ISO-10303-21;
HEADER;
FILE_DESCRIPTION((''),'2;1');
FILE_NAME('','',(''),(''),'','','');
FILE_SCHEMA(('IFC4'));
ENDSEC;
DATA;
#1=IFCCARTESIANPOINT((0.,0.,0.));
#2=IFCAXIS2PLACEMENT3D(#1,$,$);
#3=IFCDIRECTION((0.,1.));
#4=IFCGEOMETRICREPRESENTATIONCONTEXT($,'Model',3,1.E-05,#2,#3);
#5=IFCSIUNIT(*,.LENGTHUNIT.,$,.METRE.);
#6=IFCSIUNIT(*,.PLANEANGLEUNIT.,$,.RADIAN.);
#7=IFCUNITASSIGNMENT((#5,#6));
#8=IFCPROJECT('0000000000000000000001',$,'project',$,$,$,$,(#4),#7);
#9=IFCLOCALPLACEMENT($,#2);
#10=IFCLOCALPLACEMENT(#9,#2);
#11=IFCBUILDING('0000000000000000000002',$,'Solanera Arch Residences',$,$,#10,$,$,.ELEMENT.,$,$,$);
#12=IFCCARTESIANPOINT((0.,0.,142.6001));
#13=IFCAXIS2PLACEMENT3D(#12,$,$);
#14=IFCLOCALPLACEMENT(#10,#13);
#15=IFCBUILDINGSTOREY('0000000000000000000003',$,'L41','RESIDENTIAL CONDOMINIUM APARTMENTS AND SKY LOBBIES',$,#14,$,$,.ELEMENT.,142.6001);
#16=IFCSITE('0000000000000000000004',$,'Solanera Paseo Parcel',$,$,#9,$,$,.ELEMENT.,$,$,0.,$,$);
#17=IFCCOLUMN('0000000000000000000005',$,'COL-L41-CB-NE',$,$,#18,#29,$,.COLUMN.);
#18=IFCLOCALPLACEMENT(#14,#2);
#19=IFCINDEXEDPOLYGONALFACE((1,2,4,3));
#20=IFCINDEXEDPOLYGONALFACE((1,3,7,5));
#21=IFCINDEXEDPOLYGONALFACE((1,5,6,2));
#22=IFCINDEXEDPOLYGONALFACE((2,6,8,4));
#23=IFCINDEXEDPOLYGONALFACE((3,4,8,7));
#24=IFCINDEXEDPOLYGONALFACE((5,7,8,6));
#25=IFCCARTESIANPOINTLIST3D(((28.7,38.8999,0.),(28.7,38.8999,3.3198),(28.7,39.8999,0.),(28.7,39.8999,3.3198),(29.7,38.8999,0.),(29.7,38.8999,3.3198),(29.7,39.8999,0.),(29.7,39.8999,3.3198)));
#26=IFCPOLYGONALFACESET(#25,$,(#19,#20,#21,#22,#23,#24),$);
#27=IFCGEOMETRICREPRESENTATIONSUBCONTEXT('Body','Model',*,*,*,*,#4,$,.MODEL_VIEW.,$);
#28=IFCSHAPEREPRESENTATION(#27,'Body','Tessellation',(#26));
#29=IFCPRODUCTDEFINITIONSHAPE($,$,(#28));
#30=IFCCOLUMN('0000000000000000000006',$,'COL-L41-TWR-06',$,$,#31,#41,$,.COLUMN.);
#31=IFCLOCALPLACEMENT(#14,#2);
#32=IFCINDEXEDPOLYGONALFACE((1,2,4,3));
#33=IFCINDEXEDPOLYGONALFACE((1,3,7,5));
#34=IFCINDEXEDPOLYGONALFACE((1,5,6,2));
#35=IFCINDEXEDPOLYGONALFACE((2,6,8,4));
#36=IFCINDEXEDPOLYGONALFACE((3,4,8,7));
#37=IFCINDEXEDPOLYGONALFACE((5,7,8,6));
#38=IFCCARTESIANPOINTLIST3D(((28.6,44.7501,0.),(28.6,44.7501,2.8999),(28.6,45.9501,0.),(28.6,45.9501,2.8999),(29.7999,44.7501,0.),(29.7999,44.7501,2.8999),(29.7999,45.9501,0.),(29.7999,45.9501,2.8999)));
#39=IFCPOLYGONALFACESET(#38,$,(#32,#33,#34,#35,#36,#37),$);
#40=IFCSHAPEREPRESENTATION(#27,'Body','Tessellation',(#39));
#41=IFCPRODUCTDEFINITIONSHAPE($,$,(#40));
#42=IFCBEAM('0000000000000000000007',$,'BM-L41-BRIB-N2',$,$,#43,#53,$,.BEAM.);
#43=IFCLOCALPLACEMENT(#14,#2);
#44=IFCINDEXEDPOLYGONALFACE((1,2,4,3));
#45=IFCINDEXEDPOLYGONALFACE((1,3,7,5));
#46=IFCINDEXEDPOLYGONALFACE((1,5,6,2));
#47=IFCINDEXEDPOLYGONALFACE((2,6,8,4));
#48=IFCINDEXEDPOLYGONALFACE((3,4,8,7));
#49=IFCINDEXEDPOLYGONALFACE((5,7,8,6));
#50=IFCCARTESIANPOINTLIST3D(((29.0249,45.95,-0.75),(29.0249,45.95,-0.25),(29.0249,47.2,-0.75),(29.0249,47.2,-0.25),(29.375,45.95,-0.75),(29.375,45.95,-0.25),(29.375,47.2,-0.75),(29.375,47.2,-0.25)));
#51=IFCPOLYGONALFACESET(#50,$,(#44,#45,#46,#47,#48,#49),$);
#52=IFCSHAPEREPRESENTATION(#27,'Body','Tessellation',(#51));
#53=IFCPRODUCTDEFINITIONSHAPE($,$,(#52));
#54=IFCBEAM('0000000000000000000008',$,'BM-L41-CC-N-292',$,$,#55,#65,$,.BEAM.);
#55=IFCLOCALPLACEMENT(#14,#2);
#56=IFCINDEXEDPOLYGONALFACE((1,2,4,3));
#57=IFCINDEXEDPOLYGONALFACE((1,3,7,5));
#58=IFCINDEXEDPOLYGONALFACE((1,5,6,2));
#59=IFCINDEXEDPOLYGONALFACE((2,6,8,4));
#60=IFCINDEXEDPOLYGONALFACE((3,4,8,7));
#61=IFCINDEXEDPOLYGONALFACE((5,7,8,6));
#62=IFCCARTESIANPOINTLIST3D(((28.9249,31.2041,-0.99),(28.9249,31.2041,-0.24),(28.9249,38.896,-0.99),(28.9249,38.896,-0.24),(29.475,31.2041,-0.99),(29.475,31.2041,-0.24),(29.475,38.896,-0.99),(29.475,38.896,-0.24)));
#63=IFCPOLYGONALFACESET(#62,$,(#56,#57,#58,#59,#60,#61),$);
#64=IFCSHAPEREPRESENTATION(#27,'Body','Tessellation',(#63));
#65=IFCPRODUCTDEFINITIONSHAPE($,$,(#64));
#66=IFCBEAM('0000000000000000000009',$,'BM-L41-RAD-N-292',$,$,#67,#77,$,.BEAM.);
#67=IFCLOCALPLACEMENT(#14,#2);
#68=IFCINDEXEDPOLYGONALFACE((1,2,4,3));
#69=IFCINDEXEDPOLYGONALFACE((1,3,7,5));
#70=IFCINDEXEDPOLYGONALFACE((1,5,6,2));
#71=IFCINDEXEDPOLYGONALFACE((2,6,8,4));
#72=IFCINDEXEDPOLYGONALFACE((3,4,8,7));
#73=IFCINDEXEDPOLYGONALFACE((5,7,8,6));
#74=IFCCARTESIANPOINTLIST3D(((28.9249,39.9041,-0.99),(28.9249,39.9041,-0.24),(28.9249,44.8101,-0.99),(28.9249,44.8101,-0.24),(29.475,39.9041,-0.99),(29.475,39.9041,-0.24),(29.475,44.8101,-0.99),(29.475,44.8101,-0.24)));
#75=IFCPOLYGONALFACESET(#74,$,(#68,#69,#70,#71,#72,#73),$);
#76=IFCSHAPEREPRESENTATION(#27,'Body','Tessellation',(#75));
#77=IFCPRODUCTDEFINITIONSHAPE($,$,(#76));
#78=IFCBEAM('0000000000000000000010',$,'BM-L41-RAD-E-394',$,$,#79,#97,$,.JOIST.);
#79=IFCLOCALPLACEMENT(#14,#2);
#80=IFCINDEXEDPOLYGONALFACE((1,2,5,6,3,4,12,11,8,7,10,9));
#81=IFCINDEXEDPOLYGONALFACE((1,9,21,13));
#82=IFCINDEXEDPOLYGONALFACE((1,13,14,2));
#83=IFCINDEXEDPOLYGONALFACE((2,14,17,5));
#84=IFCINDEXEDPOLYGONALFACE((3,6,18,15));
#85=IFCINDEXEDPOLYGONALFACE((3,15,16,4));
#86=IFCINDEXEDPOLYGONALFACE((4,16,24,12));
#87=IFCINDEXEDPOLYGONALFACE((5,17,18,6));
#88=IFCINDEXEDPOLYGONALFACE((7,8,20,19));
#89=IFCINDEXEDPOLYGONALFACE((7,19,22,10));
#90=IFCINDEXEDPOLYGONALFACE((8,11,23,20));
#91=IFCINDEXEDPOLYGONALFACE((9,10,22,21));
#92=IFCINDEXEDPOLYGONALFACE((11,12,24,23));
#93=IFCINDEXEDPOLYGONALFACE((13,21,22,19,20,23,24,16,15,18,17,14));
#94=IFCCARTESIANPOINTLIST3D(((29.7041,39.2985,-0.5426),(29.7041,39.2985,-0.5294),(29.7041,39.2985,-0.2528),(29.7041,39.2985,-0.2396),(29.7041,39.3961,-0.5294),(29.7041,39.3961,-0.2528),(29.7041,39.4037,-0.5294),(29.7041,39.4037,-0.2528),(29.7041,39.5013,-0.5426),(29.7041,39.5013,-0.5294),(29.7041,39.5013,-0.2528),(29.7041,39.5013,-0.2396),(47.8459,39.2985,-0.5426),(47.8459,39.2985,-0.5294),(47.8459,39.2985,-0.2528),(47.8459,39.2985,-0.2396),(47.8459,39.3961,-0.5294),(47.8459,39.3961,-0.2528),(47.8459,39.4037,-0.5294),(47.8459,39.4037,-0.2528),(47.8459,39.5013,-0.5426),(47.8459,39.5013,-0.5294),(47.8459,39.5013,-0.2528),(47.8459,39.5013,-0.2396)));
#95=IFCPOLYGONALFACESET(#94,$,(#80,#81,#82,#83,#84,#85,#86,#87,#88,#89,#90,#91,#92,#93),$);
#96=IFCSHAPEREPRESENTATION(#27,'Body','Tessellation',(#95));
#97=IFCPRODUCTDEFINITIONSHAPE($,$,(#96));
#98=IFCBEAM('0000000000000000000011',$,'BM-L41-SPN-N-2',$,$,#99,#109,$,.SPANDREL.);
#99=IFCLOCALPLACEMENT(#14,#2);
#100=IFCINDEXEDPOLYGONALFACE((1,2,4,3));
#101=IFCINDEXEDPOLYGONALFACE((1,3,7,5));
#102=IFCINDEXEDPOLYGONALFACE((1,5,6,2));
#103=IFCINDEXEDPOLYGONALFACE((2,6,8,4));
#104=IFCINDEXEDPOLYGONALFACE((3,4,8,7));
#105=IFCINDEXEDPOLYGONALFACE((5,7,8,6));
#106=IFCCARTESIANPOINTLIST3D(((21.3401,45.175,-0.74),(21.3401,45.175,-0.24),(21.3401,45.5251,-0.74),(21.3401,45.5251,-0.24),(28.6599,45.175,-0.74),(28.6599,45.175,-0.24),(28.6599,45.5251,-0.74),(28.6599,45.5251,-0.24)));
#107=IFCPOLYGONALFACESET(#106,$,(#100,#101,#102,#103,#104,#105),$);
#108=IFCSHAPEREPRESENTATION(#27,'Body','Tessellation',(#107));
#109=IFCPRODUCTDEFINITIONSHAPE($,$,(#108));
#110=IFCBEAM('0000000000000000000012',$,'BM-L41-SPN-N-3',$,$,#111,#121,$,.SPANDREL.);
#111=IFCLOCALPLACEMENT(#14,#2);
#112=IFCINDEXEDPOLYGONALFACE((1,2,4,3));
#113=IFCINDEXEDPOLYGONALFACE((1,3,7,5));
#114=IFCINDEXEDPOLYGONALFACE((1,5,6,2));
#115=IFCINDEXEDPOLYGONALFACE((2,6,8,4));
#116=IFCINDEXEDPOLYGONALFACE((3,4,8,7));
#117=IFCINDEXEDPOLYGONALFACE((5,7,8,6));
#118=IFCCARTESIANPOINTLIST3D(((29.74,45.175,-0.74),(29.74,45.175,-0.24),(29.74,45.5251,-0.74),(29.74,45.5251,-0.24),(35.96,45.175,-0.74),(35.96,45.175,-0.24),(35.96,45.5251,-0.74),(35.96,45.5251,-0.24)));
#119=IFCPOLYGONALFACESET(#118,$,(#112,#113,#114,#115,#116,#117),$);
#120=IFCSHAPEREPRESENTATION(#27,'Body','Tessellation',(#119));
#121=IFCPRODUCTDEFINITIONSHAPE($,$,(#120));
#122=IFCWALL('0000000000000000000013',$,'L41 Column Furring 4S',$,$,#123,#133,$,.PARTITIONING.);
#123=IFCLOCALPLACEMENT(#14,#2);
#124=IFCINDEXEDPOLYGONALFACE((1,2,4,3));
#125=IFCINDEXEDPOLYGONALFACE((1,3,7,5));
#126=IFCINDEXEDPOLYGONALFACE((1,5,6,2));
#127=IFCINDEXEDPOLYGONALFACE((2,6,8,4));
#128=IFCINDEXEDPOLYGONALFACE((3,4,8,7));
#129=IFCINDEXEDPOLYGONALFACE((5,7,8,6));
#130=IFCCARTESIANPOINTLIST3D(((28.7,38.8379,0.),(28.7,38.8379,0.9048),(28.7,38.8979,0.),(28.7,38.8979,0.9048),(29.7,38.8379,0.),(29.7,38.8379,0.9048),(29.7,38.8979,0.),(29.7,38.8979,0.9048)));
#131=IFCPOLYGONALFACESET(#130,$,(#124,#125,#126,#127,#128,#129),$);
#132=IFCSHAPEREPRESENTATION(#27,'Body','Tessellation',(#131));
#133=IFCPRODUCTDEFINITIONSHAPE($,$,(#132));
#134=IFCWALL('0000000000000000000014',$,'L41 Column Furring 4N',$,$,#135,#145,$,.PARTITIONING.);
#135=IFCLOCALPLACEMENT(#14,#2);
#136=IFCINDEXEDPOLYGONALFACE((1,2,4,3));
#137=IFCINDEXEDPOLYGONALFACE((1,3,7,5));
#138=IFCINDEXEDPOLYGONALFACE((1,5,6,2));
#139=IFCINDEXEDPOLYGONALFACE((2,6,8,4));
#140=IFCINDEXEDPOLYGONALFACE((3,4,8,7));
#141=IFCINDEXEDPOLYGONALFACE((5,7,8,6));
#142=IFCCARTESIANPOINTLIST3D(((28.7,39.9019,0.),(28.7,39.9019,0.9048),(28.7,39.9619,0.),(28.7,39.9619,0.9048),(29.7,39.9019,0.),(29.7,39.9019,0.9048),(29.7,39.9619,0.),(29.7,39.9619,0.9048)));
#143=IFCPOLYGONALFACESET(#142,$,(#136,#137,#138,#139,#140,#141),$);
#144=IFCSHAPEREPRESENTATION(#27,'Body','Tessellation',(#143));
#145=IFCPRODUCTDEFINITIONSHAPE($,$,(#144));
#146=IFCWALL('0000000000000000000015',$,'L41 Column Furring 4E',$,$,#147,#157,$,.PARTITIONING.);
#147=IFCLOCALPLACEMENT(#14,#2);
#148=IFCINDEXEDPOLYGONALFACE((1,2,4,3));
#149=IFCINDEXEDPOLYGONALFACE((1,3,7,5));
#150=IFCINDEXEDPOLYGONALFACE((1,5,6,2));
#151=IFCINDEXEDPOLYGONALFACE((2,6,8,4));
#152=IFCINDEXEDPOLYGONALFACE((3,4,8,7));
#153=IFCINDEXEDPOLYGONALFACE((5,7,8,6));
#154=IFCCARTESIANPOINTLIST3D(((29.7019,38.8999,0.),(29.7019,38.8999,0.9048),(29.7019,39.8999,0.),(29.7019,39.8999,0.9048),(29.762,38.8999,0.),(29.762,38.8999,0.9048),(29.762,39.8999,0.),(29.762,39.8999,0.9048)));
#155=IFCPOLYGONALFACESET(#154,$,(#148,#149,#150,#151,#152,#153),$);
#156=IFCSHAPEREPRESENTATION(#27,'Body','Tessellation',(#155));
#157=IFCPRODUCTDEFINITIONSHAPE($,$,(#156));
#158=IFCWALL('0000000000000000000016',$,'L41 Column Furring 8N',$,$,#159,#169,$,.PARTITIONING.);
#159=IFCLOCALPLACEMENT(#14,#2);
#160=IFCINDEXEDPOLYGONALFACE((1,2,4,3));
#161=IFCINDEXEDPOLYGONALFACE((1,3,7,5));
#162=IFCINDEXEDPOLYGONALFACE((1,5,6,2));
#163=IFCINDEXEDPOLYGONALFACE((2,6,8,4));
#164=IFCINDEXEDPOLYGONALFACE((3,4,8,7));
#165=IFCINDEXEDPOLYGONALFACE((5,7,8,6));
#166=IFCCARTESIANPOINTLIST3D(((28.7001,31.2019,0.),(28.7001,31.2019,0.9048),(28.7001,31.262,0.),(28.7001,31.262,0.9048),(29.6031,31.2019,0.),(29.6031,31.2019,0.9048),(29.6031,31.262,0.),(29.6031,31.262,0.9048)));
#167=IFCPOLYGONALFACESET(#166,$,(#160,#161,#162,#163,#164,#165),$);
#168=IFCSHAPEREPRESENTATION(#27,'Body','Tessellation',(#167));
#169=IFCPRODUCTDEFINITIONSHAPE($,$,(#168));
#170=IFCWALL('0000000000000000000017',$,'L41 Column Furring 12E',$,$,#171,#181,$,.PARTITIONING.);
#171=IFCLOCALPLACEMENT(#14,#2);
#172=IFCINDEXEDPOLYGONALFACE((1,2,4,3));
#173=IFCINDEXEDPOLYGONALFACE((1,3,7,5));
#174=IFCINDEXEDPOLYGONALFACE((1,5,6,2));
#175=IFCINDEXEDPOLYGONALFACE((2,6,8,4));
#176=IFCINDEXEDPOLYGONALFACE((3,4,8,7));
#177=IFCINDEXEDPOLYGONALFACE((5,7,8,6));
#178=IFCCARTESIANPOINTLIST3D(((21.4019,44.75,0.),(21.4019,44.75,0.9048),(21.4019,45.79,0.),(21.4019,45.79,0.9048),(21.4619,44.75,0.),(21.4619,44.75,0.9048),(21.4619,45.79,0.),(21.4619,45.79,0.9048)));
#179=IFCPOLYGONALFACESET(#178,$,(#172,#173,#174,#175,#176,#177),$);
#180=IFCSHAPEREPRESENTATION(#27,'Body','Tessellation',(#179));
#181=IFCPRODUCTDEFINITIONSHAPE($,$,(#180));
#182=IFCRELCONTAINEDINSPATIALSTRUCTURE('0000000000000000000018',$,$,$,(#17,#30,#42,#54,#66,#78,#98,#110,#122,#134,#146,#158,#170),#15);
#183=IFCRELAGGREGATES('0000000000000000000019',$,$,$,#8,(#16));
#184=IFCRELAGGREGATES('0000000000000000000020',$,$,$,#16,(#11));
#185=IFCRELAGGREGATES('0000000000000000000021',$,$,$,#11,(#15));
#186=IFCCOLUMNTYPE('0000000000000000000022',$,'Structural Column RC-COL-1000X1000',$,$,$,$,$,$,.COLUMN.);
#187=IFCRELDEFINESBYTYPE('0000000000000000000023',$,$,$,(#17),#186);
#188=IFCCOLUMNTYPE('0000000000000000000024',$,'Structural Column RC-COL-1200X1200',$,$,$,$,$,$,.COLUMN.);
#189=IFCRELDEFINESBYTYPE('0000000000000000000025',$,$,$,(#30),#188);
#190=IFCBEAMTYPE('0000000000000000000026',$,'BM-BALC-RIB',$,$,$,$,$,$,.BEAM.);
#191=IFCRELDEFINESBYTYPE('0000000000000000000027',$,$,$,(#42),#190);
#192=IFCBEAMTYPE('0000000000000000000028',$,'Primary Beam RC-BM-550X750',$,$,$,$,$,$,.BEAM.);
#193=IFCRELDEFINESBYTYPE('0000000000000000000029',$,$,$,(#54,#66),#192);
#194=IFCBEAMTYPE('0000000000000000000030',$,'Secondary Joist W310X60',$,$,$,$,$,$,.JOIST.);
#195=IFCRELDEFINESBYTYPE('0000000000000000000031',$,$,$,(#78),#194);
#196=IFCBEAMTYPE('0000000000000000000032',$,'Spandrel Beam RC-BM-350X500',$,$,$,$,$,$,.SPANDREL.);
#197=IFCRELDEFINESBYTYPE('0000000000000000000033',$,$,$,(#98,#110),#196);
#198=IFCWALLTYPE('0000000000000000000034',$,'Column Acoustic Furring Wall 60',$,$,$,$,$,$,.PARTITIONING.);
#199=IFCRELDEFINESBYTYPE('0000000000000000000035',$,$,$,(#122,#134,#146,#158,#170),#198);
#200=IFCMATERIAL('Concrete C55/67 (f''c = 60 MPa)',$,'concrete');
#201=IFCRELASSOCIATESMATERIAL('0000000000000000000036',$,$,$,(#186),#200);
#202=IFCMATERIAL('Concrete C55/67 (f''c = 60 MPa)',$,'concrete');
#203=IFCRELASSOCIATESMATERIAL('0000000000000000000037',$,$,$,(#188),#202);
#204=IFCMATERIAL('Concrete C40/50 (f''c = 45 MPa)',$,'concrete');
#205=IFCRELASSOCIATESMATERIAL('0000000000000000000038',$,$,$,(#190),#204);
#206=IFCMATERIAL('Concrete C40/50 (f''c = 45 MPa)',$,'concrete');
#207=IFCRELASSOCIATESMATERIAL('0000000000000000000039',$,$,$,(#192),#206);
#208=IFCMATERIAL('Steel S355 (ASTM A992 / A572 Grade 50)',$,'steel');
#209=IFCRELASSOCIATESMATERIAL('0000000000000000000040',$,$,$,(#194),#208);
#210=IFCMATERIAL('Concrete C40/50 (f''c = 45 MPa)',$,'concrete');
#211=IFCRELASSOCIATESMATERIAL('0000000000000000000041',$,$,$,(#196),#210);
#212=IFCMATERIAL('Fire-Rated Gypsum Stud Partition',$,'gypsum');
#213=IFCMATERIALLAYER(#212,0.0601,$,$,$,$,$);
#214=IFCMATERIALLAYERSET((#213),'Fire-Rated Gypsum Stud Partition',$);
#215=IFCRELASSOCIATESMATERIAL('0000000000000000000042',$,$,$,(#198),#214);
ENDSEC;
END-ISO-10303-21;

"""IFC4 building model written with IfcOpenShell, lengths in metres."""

from ifc_helpers import new_model, si_unit, direction, frame, frame_2d, origin, origin_2d, place, context, subcontext, project, spatial, rectangle, i_section, extrude, material, layer, layer_set, material_profile, profile_set, type_object, element, save


model = new_model("IFC4")

# Units and contexts
model_context = context("Model", 3, precision=1e-05, world=origin(), true_north=direction((0.0, 1.0)))
body_context = subcontext(model_context, "Body", "Model", "MODEL_VIEW")
ifc_project = project(units=[si_unit("LENGTHUNIT", "METRE"), si_unit("PLANEANGLEUNIT", "RADIAN")], contexts=[model_context])

# Site, building, storey
site_placement = place(None, origin())
site = spatial("IfcSite", under=ifc_project, at=site_placement, Name="Solanera Paseo Parcel", CompositionType="ELEMENT", RefElevation=0.0)
building_placement = place(site_placement, origin())
building = spatial("IfcBuilding", under=site, at=building_placement, Name="Solanera Arch Residences", CompositionType="ELEMENT")
storey_placement = place(building_placement, frame((0.0, 0.0, 142.6001)))
storey = spatial("IfcBuildingStorey", under=building, at=storey_placement, Name="L41", Description="RESIDENTIAL CONDOMINIUM APARTMENTS AND SKY LOBBIES", CompositionType="ELEMENT", Elevation=142.6001)

# Columns
ifc_material_1 = material(Name="Concrete C55/67 (f'c = 60 MPa)", Category="concrete")
ifc_material_profile_1 = material_profile(ifc_material_1, rectangle(XDim=1.0, YDim=1.0, at=origin_2d()))
ifc_profile_set_1 = profile_set([ifc_material_profile_1], Name="Concrete C55/67 (f'c = 60 MPa)")
column_type_1 = type_object("IfcColumnType", Name="Structural Column RC-COL-1000X1000", PredefinedType="COLUMN", material=ifc_profile_set_1)
column_1_placement = place(storey_placement, frame((29.2, 39.3999, 0.0), z_axis=(0.0, 0.0, 1.0), x_axis=(1.0, 0.0, 0.0)))
element("IfcColumn", 1, at=column_1_placement, inside=storey, type_object=column_type_1, Name="COL-L41-CB-NE", PredefinedType="COLUMN", context=body_context, shape_type="SweptSolid", body=[
    extrude(rectangle(XDim=1.0, YDim=1.0, at=origin_2d()), origin(), (0.0, 0.0, 1.0), 3.3198),
])
ifc_material_2 = material(Name="Concrete C55/67 (f'c = 60 MPa)", Category="concrete")
ifc_material_profile_2 = material_profile(ifc_material_2, rectangle(XDim=1.2, YDim=1.2, at=origin_2d()))
ifc_profile_set_2 = profile_set([ifc_material_profile_2], Name="Concrete C55/67 (f'c = 60 MPa)")
column_type_2 = type_object("IfcColumnType", Name="Structural Column RC-COL-1200X1200", PredefinedType="COLUMN", material=ifc_profile_set_2)
column_2_placement = place(storey_placement, frame((29.2, 45.3501, 0.0), z_axis=(0.0, 0.0, 1.0), x_axis=(1.0, 0.0, 0.0)))
element("IfcColumn", 2, at=column_2_placement, inside=storey, type_object=column_type_2, Name="COL-L41-TWR-06", PredefinedType="COLUMN", context=body_context, shape_type="SweptSolid", body=[
    extrude(rectangle(XDim=1.2, YDim=1.2, at=origin_2d()), origin(), (0.0, 0.0, 1.0), 2.8999),
])

# Beams
ifc_material_3 = material(Name="Concrete C40/50 (f'c = 45 MPa)", Category="concrete")
ifc_material_profile_3 = material_profile(ifc_material_3, rectangle(XDim=0.3501, YDim=0.5, at=origin_2d()))
ifc_profile_set_3 = profile_set([ifc_material_profile_3], Name="Concrete C40/50 (f'c = 45 MPa)")
beam_type_1 = type_object("IfcBeamType", Name="BM-BALC-RIB", PredefinedType="BEAM", material=ifc_profile_set_3)
beam_1_placement = place(storey_placement, frame((29.2, 45.95, -0.5), z_axis=(0.0, 1.0, 0.0), x_axis=(-1.0, 0.0, 0.0)))
element("IfcBeam", 3, at=beam_1_placement, inside=storey, type_object=beam_type_1, Name="BM-L41-BRIB-N2", PredefinedType="BEAM", context=body_context, shape_type="SweptSolid", body=[
    extrude(rectangle(XDim=0.3501, YDim=0.5, at=origin_2d()), origin(), (0.0, 0.0, 1.0), 1.25),
])
ifc_material_4 = material(Name="Concrete C40/50 (f'c = 45 MPa)", Category="concrete")
ifc_material_profile_4 = material_profile(ifc_material_4, rectangle(XDim=0.55, YDim=0.75, at=origin_2d()))
ifc_profile_set_4 = profile_set([ifc_material_profile_4], Name="Concrete C40/50 (f'c = 45 MPa)")
beam_type_2 = type_object("IfcBeamType", Name="Primary Beam RC-BM-550X750", PredefinedType="BEAM", material=ifc_profile_set_4)
beam_2_placement = place(storey_placement, frame((29.2, 31.2041, -0.615), z_axis=(0.0, 1.0, 0.0), x_axis=(-1.0, 0.0, 0.0)))
element("IfcBeam", 4, at=beam_2_placement, inside=storey, type_object=beam_type_2, Name="BM-L41-CC-N-292", PredefinedType="BEAM", context=body_context, shape_type="SweptSolid", body=[
    extrude(rectangle(XDim=0.55, YDim=0.75, at=origin_2d()), origin(), (0.0, 0.0, 1.0), 7.6919),
])
beam_3_placement = place(storey_placement, frame((29.2, 39.9041, -0.615), z_axis=(0.0, 1.0, 0.0), x_axis=(-1.0, 0.0, 0.0)))
element("IfcBeam", 5, at=beam_3_placement, inside=storey, type_object=beam_type_2, Name="BM-L41-RAD-N-292", PredefinedType="BEAM", context=body_context, shape_type="SweptSolid", body=[
    extrude(rectangle(XDim=0.55, YDim=0.75, at=origin_2d()), origin(), (0.0, 0.0, 1.0), 4.906),
])
ifc_material_5 = material(Name="Steel S355 (ASTM A992 / A572 Grade 50)", Category="steel")
ifc_material_profile_5 = material_profile(ifc_material_5, i_section(OverallWidth=0.2029, OverallDepth=0.303, WebThickness=0.0076, FlangeThickness=0.0132, at=origin_2d()))
ifc_profile_set_5 = profile_set([ifc_material_profile_5], Name="Steel S355 (ASTM A992 / A572 Grade 50)")
beam_type_3 = type_object("IfcBeamType", Name="Secondary Joist W310X60", PredefinedType="JOIST", material=ifc_profile_set_5)
beam_4_placement = place(storey_placement, frame((29.7041, 39.3999, -0.3911), z_axis=(1.0, 0.0, 0.0), x_axis=(0.0, 1.0, 0.0)))
element("IfcBeam", 6, at=beam_4_placement, inside=storey, type_object=beam_type_3, Name="BM-L41-RAD-E-394", PredefinedType="JOIST", context=body_context, shape_type="SweptSolid", body=[
    extrude(i_section(OverallWidth=0.2029, OverallDepth=0.303, WebThickness=0.0076, FlangeThickness=0.0132, at=origin_2d()), origin(), (0.0, 0.0, 1.0), 18.1418),
])
ifc_material_6 = material(Name="Concrete C40/50 (f'c = 45 MPa)", Category="concrete")
ifc_material_profile_6 = material_profile(ifc_material_6, rectangle(XDim=0.3501, YDim=0.5, at=origin_2d()))
ifc_profile_set_6 = profile_set([ifc_material_profile_6], Name="Concrete C40/50 (f'c = 45 MPa)")
beam_type_4 = type_object("IfcBeamType", Name="Spandrel Beam RC-BM-350X500", PredefinedType="SPANDREL", material=ifc_profile_set_6)
beam_5_placement = place(storey_placement, frame((21.3401, 45.3501, -0.49), z_axis=(1.0, 0.0, 0.0), x_axis=(0.0, 1.0, 0.0)))
element("IfcBeam", 7, at=beam_5_placement, inside=storey, type_object=beam_type_4, Name="BM-L41-SPN-N-2", PredefinedType="SPANDREL", context=body_context, shape_type="SweptSolid", body=[
    extrude(rectangle(XDim=0.3501, YDim=0.5, at=origin_2d()), origin(), (0.0, 0.0, 1.0), 7.3198),
])
beam_6_placement = place(storey_placement, frame((29.74, 45.3501, -0.49), z_axis=(1.0, 0.0, 0.0), x_axis=(0.0, 1.0, 0.0)))
element("IfcBeam", 8, at=beam_6_placement, inside=storey, type_object=beam_type_4, Name="BM-L41-SPN-N-3", PredefinedType="SPANDREL", context=body_context, shape_type="SweptSolid", body=[
    extrude(rectangle(XDim=0.3501, YDim=0.5, at=origin_2d()), origin(), (0.0, 0.0, 1.0), 6.22),
])

# Walls
ifc_material_7 = material(Name="Fire-Rated Gypsum Stud Partition", Category="gypsum")
ifc_layer_1 = layer(ifc_material_7, 0.0601)
ifc_layer_set_1 = layer_set([ifc_layer_1], Name="Fire-Rated Gypsum Stud Partition")
wall_type_1 = type_object("IfcWallType", Name="Column Acoustic Furring Wall 60", PredefinedType="PARTITIONING", material=ifc_layer_set_1)
for number, where, z_axis, x_axis, name in (
    (9, (28.7, 38.8679, 0.0), (0.0, 0.0, 1.0), (1.0, 0.0, 0.0), "L41 Column Furring 4S"),
    (10, (28.7, 39.9319, 0.0), (0.0, 0.0, 1.0), (1.0, 0.0, 0.0), "L41 Column Furring 4N"),
    (11, (29.7319, 38.8999, 0.0), (0.0, 0.0, 1.0), (0.0, 1.0, 0.0), "L41 Column Furring 4E"),
):
    element("IfcWall", number, at=place(storey_placement, frame(where, z_axis=z_axis, x_axis=x_axis)), inside=storey, type_object=wall_type_1, Name=name, PredefinedType="PARTITIONING", context=body_context, shape_type="SweptSolid", body=[
        extrude(rectangle(XDim=1.0, YDim=0.0601, at=frame_2d((0.5, 0.0))), origin(), (0.0, 0.0, 1.0), 0.9048),
    ])
wall_1_placement = place(storey_placement, frame((28.7, 31.2319, 0.0), z_axis=(0.0, 0.0, 1.0), x_axis=(1.0, 0.0, 0.0)))
element("IfcWall", 12, at=wall_1_placement, inside=storey, type_object=wall_type_1, Name="L41 Column Furring 8N", PredefinedType="PARTITIONING", context=body_context, shape_type="SweptSolid", body=[
    extrude(rectangle(XDim=0.9031, YDim=0.0601, at=frame_2d((0.4517, 0.0))), origin(), (0.0, 0.0, 1.0), 0.9048),
])
wall_2_placement = place(storey_placement, frame((21.4319, 44.75, 0.0), z_axis=(0.0, 0.0, 1.0), x_axis=(0.0, 1.0, 0.0)))
element("IfcWall", 13, at=wall_2_placement, inside=storey, type_object=wall_type_1, Name="L41 Column Furring 12E", PredefinedType="PARTITIONING", context=body_context, shape_type="SweptSolid", body=[
    extrude(rectangle(XDim=1.04, YDim=0.0601, at=frame_2d((0.52, 0.0))), origin(), (0.0, 0.0, 1.0), 0.9048),
])

save(model, "model.ifc")
